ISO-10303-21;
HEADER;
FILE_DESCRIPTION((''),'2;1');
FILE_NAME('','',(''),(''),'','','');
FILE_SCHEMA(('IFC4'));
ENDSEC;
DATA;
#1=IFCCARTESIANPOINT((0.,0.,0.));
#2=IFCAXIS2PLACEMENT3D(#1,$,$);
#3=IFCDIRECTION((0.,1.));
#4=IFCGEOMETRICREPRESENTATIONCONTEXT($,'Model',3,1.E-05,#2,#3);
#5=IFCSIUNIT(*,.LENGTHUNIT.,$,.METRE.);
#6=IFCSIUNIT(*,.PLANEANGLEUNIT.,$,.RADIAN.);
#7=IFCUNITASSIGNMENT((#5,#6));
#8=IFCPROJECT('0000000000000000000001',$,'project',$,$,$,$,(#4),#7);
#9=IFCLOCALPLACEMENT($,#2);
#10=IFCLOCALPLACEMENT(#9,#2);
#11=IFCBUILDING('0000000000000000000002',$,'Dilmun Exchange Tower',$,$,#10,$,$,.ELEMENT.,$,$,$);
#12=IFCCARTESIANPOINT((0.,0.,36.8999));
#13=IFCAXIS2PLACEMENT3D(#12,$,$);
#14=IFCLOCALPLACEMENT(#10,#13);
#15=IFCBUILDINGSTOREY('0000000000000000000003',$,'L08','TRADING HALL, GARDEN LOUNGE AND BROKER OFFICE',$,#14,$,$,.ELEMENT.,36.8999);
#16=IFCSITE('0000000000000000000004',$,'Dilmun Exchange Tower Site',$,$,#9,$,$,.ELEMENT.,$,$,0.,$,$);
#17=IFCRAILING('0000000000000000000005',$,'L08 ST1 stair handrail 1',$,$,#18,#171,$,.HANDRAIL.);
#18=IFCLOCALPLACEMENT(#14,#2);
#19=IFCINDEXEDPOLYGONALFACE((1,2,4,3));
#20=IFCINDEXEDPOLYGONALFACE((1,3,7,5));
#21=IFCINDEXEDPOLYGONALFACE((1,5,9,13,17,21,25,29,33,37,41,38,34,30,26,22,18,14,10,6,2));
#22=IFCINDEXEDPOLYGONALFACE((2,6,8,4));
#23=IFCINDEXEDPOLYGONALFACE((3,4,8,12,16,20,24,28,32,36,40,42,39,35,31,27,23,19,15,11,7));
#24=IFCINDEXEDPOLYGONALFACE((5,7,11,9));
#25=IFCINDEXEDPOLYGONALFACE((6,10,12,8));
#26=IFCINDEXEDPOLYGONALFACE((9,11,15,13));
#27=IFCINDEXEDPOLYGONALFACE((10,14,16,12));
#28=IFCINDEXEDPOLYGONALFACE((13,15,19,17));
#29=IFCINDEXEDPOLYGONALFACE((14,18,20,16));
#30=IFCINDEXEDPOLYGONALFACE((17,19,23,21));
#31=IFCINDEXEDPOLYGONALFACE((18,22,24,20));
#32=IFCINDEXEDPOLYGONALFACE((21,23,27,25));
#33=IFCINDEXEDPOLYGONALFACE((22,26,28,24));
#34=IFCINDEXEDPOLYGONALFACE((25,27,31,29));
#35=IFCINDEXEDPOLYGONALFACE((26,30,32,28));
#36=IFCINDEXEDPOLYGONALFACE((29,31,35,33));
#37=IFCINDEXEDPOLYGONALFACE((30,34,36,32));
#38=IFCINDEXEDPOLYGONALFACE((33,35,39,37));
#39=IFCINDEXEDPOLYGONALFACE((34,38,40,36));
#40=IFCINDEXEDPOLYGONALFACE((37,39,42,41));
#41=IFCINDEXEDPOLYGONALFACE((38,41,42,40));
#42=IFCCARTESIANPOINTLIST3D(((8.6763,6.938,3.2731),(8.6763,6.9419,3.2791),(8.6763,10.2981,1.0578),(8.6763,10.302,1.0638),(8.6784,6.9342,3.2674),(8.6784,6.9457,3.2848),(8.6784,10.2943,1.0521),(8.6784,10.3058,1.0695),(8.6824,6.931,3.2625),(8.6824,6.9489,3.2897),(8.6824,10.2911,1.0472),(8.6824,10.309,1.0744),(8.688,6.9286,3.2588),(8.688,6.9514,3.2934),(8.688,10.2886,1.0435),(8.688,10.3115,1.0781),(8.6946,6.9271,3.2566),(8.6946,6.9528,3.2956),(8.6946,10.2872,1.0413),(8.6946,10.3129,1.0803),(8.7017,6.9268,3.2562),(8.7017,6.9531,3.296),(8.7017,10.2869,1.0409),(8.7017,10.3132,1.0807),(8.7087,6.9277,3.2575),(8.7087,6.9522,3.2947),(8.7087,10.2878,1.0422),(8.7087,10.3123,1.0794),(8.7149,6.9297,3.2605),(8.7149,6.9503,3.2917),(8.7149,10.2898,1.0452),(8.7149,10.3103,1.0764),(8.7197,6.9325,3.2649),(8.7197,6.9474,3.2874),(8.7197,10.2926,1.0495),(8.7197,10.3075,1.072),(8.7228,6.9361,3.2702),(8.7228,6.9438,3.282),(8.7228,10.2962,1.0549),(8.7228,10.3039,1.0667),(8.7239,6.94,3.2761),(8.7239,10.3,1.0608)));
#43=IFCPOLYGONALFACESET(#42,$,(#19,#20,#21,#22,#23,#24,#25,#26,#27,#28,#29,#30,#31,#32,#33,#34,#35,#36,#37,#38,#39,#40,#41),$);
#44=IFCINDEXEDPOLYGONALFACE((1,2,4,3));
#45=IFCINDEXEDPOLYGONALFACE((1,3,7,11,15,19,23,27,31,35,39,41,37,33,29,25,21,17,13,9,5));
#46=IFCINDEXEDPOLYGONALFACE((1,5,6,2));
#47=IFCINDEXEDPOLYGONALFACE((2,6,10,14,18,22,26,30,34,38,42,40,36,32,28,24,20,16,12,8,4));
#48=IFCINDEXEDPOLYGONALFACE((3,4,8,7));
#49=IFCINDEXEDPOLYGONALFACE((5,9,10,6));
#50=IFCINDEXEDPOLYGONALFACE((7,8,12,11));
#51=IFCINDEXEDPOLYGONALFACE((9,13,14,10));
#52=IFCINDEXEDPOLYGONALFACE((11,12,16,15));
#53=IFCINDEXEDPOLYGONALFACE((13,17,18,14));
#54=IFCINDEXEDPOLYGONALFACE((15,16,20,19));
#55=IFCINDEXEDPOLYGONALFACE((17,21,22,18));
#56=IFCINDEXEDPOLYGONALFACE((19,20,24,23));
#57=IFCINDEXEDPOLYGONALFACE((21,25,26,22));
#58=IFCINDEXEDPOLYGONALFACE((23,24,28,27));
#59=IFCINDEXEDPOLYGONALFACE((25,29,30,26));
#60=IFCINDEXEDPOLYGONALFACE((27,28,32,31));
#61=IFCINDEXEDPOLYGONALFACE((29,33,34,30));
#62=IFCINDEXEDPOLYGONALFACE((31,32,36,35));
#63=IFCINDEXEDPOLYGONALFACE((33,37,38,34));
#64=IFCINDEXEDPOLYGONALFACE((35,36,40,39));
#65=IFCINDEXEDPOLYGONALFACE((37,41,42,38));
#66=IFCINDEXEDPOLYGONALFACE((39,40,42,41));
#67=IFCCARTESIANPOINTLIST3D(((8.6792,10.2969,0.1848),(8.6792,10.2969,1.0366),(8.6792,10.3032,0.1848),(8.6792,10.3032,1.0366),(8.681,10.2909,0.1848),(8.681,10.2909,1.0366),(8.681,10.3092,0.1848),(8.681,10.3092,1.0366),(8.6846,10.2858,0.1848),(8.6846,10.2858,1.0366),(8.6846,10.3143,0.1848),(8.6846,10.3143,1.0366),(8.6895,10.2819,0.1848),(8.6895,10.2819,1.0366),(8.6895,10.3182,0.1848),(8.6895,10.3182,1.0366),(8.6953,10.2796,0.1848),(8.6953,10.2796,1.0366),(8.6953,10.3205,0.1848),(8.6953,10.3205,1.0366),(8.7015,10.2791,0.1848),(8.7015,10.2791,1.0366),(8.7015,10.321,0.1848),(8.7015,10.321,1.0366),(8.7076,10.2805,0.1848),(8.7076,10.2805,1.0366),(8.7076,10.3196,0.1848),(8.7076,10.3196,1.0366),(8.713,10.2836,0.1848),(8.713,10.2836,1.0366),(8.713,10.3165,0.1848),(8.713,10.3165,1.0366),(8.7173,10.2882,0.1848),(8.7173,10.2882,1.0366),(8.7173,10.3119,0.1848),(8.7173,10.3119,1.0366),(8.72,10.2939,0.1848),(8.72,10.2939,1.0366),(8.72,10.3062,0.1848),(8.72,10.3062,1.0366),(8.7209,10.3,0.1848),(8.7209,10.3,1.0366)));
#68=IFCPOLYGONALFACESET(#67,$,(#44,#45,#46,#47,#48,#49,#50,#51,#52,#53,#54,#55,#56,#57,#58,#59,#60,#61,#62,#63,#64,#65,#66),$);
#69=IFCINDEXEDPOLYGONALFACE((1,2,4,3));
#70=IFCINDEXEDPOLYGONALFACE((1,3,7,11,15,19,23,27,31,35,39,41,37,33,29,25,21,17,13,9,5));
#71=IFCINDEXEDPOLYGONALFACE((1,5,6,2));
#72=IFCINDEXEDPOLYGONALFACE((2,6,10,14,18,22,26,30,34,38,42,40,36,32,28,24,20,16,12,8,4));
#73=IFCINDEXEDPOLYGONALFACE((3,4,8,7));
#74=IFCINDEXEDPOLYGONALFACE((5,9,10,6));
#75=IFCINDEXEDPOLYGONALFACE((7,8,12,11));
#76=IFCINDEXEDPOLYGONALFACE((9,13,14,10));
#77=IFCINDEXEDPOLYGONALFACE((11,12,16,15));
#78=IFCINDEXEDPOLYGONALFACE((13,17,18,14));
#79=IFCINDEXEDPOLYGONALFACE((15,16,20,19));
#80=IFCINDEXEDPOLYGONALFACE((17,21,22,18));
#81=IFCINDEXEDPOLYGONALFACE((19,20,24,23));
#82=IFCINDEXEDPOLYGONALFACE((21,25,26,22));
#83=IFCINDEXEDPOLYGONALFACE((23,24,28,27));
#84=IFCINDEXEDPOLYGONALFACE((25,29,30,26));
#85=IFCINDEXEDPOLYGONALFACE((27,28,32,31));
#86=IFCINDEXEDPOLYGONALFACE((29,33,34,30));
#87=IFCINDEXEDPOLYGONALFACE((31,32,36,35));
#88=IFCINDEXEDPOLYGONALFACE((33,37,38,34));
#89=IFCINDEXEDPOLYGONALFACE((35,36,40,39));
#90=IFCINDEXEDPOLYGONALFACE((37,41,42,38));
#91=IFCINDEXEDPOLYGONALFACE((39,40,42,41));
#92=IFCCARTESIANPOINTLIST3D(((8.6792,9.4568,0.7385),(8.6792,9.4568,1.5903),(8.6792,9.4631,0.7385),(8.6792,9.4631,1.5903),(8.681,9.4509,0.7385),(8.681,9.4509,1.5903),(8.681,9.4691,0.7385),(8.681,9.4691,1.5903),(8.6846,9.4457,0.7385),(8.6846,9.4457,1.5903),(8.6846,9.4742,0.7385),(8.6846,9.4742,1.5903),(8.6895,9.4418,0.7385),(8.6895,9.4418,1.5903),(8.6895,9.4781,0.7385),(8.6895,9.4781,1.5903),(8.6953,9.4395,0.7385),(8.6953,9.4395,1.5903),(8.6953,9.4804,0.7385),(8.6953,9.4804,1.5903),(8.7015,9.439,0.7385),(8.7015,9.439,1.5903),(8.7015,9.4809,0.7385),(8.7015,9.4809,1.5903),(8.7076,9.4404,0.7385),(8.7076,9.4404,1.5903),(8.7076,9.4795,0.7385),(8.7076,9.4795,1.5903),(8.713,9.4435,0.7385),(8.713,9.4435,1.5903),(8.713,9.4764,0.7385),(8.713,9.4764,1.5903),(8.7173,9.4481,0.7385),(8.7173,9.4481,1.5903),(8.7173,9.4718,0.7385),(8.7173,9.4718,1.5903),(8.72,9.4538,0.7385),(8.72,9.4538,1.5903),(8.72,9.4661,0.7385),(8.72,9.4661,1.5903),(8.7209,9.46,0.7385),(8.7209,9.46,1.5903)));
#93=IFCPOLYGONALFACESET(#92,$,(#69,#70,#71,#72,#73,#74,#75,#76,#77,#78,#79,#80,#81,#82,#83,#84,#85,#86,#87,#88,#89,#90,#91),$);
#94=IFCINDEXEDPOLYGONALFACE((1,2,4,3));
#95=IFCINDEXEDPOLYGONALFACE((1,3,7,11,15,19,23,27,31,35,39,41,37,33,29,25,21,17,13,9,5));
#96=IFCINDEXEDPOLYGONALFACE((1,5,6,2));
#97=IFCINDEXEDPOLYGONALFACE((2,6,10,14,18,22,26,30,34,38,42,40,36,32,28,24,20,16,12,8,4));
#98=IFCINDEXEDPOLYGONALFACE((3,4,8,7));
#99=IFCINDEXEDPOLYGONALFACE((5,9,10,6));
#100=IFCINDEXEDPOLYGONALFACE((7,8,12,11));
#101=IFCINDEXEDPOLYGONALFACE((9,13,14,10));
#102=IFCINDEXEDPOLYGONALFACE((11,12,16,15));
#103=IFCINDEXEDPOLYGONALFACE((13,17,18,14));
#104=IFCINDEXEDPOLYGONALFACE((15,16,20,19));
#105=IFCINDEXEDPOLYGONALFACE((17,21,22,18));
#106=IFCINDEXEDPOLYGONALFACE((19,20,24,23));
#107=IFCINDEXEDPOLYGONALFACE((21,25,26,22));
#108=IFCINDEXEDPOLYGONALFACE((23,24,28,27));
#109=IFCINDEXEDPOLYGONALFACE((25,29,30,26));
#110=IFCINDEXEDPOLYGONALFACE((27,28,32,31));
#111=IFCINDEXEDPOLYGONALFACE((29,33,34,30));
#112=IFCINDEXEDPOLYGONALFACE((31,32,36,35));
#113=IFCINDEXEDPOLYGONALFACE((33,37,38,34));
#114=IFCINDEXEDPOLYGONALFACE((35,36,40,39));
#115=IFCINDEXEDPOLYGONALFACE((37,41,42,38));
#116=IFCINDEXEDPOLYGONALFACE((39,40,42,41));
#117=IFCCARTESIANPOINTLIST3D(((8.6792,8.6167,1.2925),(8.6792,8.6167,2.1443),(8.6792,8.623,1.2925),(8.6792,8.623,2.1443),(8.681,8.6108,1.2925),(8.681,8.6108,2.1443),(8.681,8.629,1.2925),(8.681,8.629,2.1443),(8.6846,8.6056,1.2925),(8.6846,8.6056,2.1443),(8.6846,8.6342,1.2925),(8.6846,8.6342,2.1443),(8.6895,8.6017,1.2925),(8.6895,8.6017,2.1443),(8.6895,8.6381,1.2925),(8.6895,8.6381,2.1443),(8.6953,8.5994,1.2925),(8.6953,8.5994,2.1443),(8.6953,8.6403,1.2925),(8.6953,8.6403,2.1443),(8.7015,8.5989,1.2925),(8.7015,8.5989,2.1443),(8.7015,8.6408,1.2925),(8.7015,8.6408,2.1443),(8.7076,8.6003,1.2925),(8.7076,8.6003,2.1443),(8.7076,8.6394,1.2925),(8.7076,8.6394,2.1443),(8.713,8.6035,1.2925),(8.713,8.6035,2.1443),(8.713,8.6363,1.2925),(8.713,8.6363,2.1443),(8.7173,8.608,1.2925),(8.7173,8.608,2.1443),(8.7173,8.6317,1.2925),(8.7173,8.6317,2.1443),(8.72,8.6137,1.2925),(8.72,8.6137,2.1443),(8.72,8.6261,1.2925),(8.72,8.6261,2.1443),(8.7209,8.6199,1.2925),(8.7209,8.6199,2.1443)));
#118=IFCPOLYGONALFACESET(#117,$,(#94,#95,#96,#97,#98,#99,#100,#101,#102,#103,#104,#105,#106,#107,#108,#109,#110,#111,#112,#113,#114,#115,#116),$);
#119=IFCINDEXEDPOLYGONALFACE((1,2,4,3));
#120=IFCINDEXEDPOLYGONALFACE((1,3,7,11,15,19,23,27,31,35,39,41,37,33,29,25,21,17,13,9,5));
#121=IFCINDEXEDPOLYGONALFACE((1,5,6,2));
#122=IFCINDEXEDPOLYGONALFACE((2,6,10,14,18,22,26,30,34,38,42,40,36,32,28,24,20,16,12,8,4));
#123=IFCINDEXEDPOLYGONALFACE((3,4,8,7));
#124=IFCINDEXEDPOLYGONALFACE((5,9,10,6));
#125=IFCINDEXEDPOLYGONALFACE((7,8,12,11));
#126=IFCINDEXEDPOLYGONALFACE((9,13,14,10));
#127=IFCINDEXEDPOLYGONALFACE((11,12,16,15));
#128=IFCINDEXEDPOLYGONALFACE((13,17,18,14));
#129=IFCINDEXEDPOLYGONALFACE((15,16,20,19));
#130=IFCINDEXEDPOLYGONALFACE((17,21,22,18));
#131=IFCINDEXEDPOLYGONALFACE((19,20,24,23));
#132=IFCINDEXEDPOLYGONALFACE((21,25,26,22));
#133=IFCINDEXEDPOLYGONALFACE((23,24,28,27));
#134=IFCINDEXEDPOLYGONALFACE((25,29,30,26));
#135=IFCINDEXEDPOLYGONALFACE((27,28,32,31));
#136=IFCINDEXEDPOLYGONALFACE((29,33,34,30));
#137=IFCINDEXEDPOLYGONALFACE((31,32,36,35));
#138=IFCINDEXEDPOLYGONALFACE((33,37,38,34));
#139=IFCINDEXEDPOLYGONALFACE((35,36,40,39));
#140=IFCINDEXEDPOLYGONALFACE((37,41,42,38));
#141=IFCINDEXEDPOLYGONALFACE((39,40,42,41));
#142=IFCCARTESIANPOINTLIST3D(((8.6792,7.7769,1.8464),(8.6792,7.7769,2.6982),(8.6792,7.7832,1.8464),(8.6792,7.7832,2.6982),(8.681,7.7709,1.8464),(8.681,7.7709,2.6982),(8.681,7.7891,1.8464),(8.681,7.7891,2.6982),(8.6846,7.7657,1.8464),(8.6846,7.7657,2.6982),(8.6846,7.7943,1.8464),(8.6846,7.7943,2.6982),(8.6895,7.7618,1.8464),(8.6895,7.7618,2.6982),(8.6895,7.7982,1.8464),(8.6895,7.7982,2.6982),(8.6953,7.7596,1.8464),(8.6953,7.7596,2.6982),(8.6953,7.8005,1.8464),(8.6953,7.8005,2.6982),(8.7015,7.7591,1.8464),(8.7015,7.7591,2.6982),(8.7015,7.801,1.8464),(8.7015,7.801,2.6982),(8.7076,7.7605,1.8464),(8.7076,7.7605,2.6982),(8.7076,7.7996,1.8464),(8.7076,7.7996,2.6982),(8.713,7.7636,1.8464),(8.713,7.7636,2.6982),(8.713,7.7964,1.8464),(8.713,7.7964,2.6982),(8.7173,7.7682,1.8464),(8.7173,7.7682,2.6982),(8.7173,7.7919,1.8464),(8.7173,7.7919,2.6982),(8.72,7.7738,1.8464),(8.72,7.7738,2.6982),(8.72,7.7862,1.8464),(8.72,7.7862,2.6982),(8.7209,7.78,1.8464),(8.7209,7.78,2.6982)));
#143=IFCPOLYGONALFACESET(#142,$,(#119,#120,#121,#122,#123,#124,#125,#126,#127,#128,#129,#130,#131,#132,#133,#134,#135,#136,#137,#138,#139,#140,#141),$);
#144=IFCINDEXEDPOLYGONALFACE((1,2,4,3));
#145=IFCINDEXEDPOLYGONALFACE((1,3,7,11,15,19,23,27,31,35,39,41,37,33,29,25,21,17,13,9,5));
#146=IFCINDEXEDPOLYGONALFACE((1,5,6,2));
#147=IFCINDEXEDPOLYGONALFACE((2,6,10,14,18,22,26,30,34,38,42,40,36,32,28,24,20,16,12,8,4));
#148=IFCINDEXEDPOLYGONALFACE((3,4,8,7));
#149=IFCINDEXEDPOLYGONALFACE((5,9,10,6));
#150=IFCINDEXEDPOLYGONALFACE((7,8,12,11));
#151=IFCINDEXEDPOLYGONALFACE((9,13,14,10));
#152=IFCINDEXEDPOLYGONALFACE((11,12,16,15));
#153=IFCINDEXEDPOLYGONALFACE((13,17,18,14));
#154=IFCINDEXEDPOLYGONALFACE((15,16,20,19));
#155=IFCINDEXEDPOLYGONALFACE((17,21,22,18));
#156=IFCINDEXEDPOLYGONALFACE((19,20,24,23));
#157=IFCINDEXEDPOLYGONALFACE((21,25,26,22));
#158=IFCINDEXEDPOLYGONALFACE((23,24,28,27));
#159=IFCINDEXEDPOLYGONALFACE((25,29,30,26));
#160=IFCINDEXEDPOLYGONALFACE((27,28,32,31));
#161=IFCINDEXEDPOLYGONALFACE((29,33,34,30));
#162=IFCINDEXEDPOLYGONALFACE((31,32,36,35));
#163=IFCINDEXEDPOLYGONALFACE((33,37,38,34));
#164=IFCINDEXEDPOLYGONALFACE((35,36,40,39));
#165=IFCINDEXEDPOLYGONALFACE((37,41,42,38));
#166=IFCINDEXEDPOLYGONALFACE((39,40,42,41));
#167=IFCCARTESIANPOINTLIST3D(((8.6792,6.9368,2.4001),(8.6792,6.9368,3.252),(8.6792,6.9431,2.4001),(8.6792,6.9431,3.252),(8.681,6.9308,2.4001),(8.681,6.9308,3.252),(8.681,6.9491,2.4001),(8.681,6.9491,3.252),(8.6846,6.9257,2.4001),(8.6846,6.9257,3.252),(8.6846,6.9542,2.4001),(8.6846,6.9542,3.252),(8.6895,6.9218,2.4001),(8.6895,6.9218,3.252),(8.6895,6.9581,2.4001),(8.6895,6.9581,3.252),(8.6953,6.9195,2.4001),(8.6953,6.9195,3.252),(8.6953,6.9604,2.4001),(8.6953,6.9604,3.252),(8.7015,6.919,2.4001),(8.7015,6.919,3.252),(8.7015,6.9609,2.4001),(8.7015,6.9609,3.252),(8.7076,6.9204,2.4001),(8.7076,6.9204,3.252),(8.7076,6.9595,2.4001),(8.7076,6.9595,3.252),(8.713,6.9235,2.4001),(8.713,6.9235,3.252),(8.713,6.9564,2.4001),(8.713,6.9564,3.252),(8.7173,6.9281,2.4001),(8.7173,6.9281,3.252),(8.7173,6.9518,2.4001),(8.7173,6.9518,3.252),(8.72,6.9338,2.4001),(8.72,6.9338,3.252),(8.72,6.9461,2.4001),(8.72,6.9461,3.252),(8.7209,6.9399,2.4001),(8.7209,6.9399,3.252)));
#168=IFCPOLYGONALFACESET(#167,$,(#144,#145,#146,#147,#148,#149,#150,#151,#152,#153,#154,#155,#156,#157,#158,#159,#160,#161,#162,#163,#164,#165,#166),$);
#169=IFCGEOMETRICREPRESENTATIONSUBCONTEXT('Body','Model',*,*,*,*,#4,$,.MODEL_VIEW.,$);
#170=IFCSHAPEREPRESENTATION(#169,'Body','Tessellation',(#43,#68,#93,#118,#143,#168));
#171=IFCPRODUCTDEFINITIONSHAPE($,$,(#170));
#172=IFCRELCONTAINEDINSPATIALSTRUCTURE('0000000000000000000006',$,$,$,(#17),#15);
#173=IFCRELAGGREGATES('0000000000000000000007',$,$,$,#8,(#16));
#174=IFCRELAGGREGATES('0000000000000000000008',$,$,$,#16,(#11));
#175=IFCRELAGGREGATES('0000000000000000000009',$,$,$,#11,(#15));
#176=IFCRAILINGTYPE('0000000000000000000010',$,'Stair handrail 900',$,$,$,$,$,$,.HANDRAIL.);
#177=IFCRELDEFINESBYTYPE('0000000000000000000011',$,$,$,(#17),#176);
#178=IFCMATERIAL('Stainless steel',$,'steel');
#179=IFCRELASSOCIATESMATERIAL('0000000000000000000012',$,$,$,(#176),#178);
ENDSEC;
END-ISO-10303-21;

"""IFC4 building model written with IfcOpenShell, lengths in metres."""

from ifc_helpers import new_model, si_unit, direction, frame, origin, origin_2d, place, context, subcontext, project, spatial, circle, extrude, material, type_object, element, save


model = new_model("IFC4")

# Units and contexts
model_context = context("Model", 3, precision=1e-05, world=origin(), true_north=direction((0.0, 1.0)))
body_context = subcontext(model_context, "Body", "Model", "MODEL_VIEW")
ifc_project = project(units=[si_unit("LENGTHUNIT", "METRE"), si_unit("PLANEANGLEUNIT", "RADIAN")], contexts=[model_context])

# Site, building, storey
site_placement = place(None, origin())
site = spatial("IfcSite", under=ifc_project, at=site_placement, Name="Dilmun Exchange Tower Site", CompositionType="ELEMENT", RefElevation=0.0)
building_placement = place(site_placement, origin())
building = spatial("IfcBuilding", under=site, at=building_placement, Name="Dilmun Exchange Tower", CompositionType="ELEMENT")
storey_placement = place(building_placement, frame((0.0, 0.0, 36.8999)))
storey = spatial("IfcBuildingStorey", under=building, at=storey_placement, Name="L08", Description="TRADING HALL, GARDEN LOUNGE AND BROKER OFFICE", CompositionType="ELEMENT", Elevation=36.8999)

# Railing
ifc_material_1 = material(Name="Stainless steel", Category="steel")
railing_type = type_object("IfcRailingType", Name="Stair handrail 900", PredefinedType="HANDRAIL", material=ifc_material_1)
railing_1_placement = place(storey_placement, frame((8.7, 10.3, 0.1848)))
element("IfcRailing", 1, at=railing_1_placement, inside=storey, type_object=railing_type, Name="L08 ST1 stair handrail 1", PredefinedType="HANDRAIL", context=body_context, shape_type="SweptSolid", body=[
    extrude(circle(Radius=0.0239, at=origin_2d()), frame((0.0, 0.0, 0.876), z_axis=(0.0, -0.834876, 0.550437), x_axis=(1.0, 0.0, 0.0)), (0.0, 0.0, 1.0), 4.0247),
    extrude(circle(Radius=0.021, at=origin_2d()), origin(), (0.0, 0.0, 1.0), 0.8518),
    extrude(circle(Radius=0.021, at=origin_2d()), frame((0.0, -0.8401, 0.5537)), (0.0, 0.0, 1.0), 0.8518),
    extrude(circle(Radius=0.021, at=origin_2d()), frame((0.0, -1.6802, 1.1077)), (0.0, 0.0, 1.0), 0.8518),
    extrude(circle(Radius=0.021, at=origin_2d()), frame((0.0, -2.52, 1.6616)), (0.0, 0.0, 1.0), 0.8518),
    extrude(circle(Radius=0.021, at=origin_2d()), frame((0.0, -3.3601, 2.2153)), (0.0, 0.0, 1.0), 0.8518),
])

save(model, "model.ifc")
